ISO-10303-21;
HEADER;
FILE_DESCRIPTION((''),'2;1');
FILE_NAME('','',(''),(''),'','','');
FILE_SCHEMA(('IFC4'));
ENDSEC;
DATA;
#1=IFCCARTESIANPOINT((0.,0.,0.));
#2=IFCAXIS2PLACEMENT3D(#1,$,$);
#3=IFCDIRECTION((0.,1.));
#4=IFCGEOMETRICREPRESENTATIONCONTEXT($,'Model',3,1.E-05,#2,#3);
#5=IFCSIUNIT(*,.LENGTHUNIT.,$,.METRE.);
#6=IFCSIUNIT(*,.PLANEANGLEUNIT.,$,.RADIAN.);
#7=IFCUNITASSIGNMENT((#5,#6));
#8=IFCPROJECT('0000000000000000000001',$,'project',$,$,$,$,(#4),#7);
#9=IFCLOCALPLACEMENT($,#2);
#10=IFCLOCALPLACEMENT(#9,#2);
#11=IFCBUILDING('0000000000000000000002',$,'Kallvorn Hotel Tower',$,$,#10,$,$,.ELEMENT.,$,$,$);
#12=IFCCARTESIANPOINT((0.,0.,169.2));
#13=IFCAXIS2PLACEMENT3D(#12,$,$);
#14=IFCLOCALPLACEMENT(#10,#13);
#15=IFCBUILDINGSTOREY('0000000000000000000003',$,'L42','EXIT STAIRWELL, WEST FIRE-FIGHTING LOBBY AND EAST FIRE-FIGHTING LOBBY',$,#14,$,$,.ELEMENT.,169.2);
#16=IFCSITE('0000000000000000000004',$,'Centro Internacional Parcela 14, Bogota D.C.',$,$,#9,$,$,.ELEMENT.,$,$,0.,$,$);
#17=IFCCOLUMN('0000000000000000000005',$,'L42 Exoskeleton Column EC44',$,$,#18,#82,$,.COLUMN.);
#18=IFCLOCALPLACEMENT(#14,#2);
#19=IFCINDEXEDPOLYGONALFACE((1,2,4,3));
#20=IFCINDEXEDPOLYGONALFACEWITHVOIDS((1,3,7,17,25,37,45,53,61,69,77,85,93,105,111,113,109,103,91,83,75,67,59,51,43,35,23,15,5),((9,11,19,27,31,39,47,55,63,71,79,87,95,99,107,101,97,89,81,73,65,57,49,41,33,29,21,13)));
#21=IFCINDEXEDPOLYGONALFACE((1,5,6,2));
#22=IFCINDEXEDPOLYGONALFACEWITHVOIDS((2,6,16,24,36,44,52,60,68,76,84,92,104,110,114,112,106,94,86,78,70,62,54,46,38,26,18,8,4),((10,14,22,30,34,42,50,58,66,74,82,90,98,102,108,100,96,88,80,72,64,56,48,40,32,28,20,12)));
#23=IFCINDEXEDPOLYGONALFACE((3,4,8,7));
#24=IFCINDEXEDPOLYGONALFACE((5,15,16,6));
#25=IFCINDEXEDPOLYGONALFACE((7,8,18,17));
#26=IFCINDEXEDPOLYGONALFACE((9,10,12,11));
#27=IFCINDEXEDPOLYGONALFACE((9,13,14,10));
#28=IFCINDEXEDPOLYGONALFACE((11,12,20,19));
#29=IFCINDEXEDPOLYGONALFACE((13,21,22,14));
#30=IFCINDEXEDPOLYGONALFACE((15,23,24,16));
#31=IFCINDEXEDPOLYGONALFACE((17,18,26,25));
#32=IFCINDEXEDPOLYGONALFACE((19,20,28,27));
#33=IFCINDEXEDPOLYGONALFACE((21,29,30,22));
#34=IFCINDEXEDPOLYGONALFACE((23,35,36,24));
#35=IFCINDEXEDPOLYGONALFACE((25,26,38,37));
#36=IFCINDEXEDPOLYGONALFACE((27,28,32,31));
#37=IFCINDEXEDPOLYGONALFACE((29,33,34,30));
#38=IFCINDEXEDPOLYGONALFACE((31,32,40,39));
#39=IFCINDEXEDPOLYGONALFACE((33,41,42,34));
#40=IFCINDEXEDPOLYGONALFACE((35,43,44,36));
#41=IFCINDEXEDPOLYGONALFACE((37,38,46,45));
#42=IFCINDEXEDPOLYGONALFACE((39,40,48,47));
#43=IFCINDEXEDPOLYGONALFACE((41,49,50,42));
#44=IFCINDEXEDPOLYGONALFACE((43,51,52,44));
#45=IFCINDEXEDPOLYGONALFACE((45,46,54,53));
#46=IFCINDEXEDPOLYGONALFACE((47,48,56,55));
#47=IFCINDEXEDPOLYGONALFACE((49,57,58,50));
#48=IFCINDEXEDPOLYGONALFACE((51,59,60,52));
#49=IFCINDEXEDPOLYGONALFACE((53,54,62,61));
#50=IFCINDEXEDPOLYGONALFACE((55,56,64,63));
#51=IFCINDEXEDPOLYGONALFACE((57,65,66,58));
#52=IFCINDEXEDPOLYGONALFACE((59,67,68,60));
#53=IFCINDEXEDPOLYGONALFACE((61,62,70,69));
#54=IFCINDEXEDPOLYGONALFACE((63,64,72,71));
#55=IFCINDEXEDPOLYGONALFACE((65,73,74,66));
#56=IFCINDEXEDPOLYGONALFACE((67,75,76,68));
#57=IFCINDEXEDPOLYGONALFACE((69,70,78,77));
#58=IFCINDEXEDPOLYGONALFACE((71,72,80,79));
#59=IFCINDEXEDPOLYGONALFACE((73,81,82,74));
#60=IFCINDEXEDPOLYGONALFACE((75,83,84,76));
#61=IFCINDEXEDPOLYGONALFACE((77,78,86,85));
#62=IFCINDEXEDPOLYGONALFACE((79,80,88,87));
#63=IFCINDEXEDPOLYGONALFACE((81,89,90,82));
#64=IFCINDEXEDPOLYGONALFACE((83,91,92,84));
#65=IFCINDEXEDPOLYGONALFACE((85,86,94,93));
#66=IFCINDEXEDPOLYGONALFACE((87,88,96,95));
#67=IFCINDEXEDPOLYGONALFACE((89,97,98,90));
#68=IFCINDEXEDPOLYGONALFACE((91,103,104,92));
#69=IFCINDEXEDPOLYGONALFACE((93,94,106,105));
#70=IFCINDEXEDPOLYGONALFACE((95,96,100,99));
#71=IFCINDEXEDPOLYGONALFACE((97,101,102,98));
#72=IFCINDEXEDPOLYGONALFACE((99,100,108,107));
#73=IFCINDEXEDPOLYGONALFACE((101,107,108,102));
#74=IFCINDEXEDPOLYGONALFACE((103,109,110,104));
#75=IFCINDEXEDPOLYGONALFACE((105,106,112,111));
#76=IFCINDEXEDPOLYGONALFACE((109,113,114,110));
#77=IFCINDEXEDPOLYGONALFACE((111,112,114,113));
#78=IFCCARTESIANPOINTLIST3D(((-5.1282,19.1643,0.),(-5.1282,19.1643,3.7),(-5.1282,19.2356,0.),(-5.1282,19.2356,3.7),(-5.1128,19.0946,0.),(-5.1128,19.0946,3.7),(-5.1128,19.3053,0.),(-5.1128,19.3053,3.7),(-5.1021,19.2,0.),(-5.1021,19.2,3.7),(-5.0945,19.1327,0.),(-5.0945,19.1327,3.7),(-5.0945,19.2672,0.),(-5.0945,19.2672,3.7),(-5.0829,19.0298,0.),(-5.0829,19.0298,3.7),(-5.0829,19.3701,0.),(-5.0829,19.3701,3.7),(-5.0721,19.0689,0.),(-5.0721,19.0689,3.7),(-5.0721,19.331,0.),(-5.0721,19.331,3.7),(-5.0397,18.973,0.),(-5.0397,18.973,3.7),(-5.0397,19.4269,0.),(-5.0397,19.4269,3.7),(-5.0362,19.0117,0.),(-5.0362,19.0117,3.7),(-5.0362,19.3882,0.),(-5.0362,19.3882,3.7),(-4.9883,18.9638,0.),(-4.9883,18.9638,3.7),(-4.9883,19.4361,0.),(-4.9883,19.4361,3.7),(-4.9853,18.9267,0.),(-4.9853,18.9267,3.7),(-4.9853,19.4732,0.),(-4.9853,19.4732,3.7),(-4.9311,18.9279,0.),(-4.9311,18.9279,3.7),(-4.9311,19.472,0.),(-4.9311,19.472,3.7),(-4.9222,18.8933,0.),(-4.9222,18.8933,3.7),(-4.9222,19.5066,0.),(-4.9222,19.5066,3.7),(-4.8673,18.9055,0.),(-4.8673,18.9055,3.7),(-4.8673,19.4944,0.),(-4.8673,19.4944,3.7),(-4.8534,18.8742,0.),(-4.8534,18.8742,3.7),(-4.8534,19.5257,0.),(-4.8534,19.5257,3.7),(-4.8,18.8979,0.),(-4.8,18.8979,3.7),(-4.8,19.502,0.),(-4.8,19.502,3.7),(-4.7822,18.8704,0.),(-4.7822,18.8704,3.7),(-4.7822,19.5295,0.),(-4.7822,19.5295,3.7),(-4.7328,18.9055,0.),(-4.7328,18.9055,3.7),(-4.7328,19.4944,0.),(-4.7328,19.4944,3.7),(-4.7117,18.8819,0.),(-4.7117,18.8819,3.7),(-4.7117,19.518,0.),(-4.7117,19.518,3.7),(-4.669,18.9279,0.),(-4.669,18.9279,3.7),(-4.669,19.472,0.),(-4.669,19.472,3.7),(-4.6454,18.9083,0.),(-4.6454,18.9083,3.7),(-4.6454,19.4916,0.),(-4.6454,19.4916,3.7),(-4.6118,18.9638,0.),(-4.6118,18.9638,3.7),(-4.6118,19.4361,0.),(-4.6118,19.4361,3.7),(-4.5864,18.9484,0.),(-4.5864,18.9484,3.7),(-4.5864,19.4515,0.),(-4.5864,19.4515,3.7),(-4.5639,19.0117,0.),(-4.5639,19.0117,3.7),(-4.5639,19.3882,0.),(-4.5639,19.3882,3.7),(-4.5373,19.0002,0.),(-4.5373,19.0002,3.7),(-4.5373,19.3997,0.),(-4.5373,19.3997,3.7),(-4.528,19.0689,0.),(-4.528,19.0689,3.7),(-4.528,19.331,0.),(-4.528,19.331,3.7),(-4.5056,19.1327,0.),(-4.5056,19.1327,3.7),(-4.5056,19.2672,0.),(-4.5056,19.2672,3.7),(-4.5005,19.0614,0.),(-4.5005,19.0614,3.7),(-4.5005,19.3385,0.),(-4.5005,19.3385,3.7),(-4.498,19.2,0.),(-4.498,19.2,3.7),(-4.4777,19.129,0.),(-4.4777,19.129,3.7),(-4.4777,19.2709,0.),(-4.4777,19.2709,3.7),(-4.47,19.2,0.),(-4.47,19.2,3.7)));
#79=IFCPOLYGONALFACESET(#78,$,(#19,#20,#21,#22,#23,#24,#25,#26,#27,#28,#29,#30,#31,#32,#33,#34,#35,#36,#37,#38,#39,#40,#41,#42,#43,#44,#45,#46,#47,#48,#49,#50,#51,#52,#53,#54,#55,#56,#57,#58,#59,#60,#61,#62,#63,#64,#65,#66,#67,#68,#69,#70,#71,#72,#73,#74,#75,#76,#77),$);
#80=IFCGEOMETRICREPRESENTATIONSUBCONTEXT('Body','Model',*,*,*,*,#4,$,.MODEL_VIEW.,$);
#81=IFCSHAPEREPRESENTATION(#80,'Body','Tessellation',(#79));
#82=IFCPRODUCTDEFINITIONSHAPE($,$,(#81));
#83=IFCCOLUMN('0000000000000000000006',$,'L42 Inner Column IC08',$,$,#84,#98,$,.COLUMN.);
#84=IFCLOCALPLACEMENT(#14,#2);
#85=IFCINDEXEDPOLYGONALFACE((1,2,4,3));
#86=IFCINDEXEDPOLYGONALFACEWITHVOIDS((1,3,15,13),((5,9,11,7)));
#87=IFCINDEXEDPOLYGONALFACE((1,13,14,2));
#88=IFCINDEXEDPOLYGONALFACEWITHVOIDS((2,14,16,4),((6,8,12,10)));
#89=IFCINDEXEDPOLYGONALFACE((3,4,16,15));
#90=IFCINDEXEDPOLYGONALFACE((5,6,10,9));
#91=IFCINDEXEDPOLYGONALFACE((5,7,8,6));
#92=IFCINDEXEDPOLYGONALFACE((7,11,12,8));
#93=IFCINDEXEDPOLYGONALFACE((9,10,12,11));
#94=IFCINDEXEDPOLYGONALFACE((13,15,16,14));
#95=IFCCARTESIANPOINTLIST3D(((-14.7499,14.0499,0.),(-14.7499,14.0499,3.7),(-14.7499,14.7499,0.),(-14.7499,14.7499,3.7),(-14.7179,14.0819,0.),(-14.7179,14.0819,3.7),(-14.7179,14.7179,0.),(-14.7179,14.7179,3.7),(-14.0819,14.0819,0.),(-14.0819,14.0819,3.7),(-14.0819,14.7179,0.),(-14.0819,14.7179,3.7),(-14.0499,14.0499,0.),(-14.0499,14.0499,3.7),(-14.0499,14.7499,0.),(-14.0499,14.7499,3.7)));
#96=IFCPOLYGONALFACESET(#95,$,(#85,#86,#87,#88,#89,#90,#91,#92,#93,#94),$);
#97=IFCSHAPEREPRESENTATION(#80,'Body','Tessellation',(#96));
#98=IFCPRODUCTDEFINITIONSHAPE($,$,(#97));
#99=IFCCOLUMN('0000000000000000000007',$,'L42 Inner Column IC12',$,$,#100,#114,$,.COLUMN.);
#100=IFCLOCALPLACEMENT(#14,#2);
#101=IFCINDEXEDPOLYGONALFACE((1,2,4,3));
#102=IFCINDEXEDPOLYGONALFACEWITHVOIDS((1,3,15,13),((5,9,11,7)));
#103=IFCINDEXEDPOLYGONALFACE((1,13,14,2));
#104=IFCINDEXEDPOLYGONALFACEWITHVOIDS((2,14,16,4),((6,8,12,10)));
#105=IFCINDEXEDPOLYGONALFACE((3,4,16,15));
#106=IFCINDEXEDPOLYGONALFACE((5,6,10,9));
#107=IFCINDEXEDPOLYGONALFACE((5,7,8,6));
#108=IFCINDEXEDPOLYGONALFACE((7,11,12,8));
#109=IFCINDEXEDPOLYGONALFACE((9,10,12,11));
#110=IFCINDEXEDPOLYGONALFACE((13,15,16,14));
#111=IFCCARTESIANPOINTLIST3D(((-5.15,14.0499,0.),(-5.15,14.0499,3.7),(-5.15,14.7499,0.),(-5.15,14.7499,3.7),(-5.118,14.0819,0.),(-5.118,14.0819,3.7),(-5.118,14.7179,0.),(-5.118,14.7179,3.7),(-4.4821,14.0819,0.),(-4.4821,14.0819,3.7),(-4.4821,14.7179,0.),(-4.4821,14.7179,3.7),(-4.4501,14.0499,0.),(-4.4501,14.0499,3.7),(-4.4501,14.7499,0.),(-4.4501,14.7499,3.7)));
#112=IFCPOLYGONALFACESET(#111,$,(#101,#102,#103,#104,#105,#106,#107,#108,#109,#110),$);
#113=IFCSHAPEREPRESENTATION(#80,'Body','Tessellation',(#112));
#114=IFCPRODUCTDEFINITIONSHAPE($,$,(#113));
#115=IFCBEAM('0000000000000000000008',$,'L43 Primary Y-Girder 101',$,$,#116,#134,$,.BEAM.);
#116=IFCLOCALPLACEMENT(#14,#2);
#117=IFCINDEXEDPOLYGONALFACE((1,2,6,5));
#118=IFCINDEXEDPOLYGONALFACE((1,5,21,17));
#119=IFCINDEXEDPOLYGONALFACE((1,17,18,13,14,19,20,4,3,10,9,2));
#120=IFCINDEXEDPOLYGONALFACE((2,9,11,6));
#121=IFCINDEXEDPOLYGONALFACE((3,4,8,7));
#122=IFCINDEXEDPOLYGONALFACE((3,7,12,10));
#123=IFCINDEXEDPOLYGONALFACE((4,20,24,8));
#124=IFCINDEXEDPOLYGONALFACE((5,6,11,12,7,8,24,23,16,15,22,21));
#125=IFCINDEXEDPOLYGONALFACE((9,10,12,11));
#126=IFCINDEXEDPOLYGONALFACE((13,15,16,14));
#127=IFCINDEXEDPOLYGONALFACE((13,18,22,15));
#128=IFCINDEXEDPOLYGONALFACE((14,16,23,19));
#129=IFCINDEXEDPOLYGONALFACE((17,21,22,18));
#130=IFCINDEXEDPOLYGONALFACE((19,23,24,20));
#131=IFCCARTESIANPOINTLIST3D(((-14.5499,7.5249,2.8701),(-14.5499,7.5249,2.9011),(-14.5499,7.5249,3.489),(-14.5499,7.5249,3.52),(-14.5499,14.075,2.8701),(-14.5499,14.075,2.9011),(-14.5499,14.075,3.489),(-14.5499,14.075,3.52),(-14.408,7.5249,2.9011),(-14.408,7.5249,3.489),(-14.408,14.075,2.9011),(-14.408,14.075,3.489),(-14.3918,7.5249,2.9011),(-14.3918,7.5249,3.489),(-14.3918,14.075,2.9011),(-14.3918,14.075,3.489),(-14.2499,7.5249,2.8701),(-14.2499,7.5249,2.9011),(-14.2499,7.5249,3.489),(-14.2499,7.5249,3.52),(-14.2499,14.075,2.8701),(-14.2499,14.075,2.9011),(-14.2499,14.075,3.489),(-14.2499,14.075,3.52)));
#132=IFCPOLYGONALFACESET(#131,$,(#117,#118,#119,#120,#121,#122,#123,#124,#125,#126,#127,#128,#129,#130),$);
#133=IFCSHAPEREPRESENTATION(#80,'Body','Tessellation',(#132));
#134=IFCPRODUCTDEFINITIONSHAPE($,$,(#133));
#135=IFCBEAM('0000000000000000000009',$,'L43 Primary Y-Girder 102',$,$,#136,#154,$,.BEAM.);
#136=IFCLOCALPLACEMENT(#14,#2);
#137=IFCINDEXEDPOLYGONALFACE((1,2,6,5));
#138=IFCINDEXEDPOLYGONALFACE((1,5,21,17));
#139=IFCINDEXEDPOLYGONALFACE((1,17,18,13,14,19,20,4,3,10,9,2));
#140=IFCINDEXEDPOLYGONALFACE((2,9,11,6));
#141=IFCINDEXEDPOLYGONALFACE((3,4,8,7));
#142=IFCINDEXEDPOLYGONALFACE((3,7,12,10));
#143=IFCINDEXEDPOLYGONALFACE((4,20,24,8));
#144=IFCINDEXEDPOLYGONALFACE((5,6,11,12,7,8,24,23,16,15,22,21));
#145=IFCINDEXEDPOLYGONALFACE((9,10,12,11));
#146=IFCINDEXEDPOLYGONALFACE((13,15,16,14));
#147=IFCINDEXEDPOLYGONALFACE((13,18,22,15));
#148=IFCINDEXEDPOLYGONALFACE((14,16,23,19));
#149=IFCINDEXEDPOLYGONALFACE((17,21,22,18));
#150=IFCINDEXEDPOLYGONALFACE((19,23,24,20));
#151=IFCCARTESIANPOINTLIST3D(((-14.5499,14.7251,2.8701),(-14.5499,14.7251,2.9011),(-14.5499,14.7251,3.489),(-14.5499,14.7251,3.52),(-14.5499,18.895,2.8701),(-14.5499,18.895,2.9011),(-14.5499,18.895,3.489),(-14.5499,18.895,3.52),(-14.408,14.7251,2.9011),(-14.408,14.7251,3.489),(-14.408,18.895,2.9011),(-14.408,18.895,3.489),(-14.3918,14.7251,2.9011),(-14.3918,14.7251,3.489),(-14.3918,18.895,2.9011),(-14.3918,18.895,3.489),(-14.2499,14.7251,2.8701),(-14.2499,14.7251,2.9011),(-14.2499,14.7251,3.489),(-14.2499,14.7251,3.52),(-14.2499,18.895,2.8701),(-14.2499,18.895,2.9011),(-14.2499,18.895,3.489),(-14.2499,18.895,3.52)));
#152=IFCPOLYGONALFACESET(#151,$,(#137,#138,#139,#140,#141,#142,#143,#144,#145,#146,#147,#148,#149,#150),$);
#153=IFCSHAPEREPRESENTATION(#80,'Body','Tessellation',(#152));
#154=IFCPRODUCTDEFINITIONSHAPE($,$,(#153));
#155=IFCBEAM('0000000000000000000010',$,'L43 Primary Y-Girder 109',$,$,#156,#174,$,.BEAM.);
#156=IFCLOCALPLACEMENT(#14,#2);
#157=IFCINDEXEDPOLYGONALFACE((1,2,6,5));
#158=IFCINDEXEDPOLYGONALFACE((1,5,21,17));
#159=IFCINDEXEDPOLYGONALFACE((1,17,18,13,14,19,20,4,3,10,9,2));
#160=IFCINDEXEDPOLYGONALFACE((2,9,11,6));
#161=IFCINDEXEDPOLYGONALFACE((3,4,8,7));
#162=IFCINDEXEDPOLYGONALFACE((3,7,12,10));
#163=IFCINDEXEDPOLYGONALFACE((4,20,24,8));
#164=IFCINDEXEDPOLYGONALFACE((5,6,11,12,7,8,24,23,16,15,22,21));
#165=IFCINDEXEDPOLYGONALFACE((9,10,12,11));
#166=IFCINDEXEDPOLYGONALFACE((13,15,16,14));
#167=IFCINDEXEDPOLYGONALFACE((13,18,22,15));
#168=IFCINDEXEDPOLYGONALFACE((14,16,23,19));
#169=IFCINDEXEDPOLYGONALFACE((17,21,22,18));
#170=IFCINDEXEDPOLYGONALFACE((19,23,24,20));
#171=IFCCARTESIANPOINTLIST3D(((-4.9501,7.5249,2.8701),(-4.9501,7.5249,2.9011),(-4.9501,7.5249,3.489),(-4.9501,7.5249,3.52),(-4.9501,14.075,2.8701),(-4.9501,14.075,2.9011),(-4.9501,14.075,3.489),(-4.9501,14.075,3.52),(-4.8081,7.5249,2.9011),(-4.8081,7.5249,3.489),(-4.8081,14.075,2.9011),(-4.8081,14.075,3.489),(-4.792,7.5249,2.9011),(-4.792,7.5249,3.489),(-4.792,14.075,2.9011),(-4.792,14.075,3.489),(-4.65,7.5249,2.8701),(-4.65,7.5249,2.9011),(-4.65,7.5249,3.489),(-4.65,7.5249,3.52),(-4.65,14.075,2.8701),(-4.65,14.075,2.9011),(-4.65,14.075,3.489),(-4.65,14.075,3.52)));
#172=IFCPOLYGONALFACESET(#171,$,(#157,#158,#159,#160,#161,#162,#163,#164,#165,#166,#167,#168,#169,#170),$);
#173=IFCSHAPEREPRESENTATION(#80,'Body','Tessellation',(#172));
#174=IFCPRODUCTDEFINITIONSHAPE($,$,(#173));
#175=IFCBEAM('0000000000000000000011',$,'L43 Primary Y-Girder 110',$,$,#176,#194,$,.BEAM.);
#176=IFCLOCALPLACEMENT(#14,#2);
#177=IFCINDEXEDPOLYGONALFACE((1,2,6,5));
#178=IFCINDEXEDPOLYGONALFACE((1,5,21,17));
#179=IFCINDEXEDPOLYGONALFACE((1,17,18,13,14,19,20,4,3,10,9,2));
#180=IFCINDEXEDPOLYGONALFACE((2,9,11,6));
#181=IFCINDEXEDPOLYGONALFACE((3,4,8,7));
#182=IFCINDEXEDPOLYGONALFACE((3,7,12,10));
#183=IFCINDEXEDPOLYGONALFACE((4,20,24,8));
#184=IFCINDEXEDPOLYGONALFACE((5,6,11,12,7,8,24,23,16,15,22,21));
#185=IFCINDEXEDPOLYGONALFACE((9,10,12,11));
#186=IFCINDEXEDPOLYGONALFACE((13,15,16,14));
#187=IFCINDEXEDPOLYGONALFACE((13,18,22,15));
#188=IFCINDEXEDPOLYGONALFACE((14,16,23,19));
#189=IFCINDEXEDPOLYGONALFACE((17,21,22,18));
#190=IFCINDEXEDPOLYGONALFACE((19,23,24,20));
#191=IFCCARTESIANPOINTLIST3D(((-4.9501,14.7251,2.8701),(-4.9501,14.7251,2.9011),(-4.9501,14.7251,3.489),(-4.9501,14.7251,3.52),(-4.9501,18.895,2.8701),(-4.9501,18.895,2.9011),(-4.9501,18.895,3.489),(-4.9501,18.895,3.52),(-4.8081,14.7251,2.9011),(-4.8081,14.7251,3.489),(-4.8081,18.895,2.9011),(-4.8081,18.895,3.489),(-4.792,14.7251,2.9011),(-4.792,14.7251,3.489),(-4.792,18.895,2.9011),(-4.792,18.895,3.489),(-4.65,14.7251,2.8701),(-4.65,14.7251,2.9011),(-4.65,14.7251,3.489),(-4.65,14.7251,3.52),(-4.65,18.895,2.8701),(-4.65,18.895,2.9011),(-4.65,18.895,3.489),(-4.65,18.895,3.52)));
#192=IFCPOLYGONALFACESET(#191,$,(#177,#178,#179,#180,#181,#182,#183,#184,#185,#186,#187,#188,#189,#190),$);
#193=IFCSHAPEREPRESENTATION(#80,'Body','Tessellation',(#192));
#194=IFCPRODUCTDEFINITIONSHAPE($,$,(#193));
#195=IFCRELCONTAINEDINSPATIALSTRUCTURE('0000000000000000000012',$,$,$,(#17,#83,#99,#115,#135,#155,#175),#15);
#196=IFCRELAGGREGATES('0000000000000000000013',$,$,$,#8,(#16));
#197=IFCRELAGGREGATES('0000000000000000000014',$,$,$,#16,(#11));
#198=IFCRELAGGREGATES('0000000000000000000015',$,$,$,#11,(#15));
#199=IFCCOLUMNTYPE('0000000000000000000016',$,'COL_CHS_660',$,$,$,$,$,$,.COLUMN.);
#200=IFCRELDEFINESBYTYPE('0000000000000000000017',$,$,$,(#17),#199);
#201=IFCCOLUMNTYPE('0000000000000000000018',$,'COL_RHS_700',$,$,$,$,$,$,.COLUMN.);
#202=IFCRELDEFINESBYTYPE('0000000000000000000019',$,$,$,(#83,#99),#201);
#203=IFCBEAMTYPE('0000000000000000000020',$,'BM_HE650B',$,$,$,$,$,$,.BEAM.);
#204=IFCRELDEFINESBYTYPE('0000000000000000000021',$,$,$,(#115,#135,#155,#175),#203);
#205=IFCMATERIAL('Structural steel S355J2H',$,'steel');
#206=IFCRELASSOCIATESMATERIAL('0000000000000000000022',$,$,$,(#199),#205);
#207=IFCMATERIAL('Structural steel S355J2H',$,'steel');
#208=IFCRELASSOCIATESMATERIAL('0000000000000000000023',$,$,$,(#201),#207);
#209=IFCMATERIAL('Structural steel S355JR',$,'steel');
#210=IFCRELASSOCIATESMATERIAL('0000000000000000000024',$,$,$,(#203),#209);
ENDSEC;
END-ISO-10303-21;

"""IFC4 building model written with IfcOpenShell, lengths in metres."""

from ifc_helpers import new_model, si_unit, direction, frame, origin, origin_2d, place, context, subcontext, project, spatial, hollow_rectangle, hollow_circle, i_section, extrude, material, material_profile, profile_set, type_object, element, save


model = new_model("IFC4")

# Units and contexts
model_context = context("Model", 3, precision=1e-05, world=origin(), true_north=direction((0.0, 1.0)))
body_context = subcontext(model_context, "Body", "Model", "MODEL_VIEW")
ifc_project = project(units=[si_unit("LENGTHUNIT", "METRE"), si_unit("PLANEANGLEUNIT", "RADIAN")], contexts=[model_context])

# Site, building, storey
site_placement = place(None, origin())
site = spatial("IfcSite", under=ifc_project, at=site_placement, Name="Centro Internacional Parcela 14, Bogota D.C.", CompositionType="ELEMENT", RefElevation=0.0)
building_placement = place(site_placement, origin())
building = spatial("IfcBuilding", under=site, at=building_placement, Name="Kallvorn Hotel Tower", CompositionType="ELEMENT")
storey_placement = place(building_placement, frame((0.0, 0.0, 169.2)))
storey = spatial("IfcBuildingStorey", under=building, at=storey_placement, Name="L42", Description="EXIT STAIRWELL, WEST FIRE-FIGHTING LOBBY AND EAST FIRE-FIGHTING LOBBY", CompositionType="ELEMENT", Elevation=169.2)

# Columns
ifc_material_1 = material(Name="Structural steel S355J2H", Category="steel")
ifc_material_profile_1 = material_profile(ifc_material_1, hollow_circle(Radius=0.3301, WallThickness=0.0281, at=origin_2d()), Name="CHS 660x28")
ifc_profile_set_1 = profile_set([ifc_material_profile_1], Name="Structural steel S355J2H")
column_type_1 = type_object("IfcColumnType", Name="COL_CHS_660", PredefinedType="COLUMN", material=ifc_profile_set_1)
for number, where, z_axis, x_axis, name in (
    (1, (-4.8, 19.2, 0.0), (0.0, 0.0, 1.0), (1.0, 0.0, 0.0), "L42 Exoskeleton Column EC44"),
):
    element("IfcColumn", number, at=place(storey_placement, frame(where, z_axis=z_axis, x_axis=x_axis)), inside=storey, type_object=column_type_1, Name=name, PredefinedType="COLUMN", context=body_context, shape_type="SweptSolid", body=[
        extrude(hollow_circle(Radius=0.3301, WallThickness=0.0281, at=origin_2d()), origin(), (0.0, 0.0, 1.0), 3.7),
    ])
ifc_material_2 = material(Name="Structural steel S355J2H", Category="steel")
ifc_material_profile_2 = material_profile(ifc_material_2, hollow_rectangle(XDim=0.7, YDim=0.7, WallThickness=0.032, at=origin_2d()), Name="RHS 700x700x32")
ifc_profile_set_2 = profile_set([ifc_material_profile_2], Name="Structural steel S355J2H")
column_type_2 = type_object("IfcColumnType", Name="COL_RHS_700", PredefinedType="COLUMN", material=ifc_profile_set_2)
for number, where, z_axis, x_axis, name in (
    (2, (-14.3999, 14.3999, 0.0), (0.0, 0.0, 1.0), (1.0, 0.0, 0.0), "L42 Inner Column IC08"),
    (3, (-4.8, 14.3999, 0.0), (0.0, 0.0, 1.0), (1.0, 0.0, 0.0), "L42 Inner Column IC12"),
):
    element("IfcColumn", number, at=place(storey_placement, frame(where, z_axis=z_axis, x_axis=x_axis)), inside=storey, type_object=column_type_2, Name=name, PredefinedType="COLUMN", context=body_context, shape_type="SweptSolid", body=[
        extrude(hollow_rectangle(XDim=0.7, YDim=0.7, WallThickness=0.032, at=origin_2d()), origin(), (0.0, 0.0, 1.0), 3.7),
    ])

# Beams
ifc_material_3 = material(Name="Structural steel S355JR", Category="steel")
ifc_material_profile_3 = material_profile(ifc_material_3, i_section(OverallWidth=0.3, OverallDepth=0.6499, WebThickness=0.0161, FlangeThickness=0.031, at=origin_2d()), Name="HE 650 B")
ifc_profile_set_3 = profile_set([ifc_material_profile_3], Name="Structural steel S355JR")
beam_type_1 = type_object("IfcBeamType", Name="BM_HE650B", PredefinedType="BEAM", material=ifc_profile_set_3)
beam_1_placement = place(storey_placement, frame((-14.3999, 7.5249, 3.1951), z_axis=(0.0, 1.0, 0.0), x_axis=(-1.0, 0.0, 0.0)))
element("IfcBeam", 4, at=beam_1_placement, inside=storey, type_object=beam_type_1, Name="L43 Primary Y-Girder 101", PredefinedType="BEAM", context=body_context, shape_type="SweptSolid", body=[
    extrude(i_section(OverallWidth=0.3, OverallDepth=0.6499, WebThickness=0.0161, FlangeThickness=0.031, at=origin_2d()), origin(), (0.0, 0.0, 1.0), 6.55),
])
beam_2_placement = place(storey_placement, frame((-14.3999, 14.7251, 3.1951), z_axis=(0.0, 1.0, 0.0), x_axis=(-1.0, 0.0, 0.0)))
element("IfcBeam", 5, at=beam_2_placement, inside=storey, type_object=beam_type_1, Name="L43 Primary Y-Girder 102", PredefinedType="BEAM", context=body_context, shape_type="SweptSolid", body=[
    extrude(i_section(OverallWidth=0.3, OverallDepth=0.6499, WebThickness=0.0161, FlangeThickness=0.031, at=origin_2d()), origin(), (0.0, 0.0, 1.0), 4.1699),
])
beam_3_placement = place(storey_placement, frame((-4.8, 7.5249, 3.1951), z_axis=(0.0, 1.0, 0.0), x_axis=(-1.0, 0.0, 0.0)))
element("IfcBeam", 6, at=beam_3_placement, inside=storey, type_object=beam_type_1, Name="L43 Primary Y-Girder 109", PredefinedType="BEAM", context=body_context, shape_type="SweptSolid", body=[
    extrude(i_section(OverallWidth=0.3, OverallDepth=0.6499, WebThickness=0.0161, FlangeThickness=0.031, at=origin_2d()), origin(), (0.0, 0.0, 1.0), 6.55),
])
beam_4_placement = place(storey_placement, frame((-4.8, 14.7251, 3.1951), z_axis=(0.0, 1.0, 0.0), x_axis=(-1.0, 0.0, 0.0)))
element("IfcBeam", 7, at=beam_4_placement, inside=storey, type_object=beam_type_1, Name="L43 Primary Y-Girder 110", PredefinedType="BEAM", context=body_context, shape_type="SweptSolid", body=[
    extrude(i_section(OverallWidth=0.3, OverallDepth=0.6499, WebThickness=0.0161, FlangeThickness=0.031, at=origin_2d()), origin(), (0.0, 0.0, 1.0), 4.1699),
])

save(model, "model.ifc")
